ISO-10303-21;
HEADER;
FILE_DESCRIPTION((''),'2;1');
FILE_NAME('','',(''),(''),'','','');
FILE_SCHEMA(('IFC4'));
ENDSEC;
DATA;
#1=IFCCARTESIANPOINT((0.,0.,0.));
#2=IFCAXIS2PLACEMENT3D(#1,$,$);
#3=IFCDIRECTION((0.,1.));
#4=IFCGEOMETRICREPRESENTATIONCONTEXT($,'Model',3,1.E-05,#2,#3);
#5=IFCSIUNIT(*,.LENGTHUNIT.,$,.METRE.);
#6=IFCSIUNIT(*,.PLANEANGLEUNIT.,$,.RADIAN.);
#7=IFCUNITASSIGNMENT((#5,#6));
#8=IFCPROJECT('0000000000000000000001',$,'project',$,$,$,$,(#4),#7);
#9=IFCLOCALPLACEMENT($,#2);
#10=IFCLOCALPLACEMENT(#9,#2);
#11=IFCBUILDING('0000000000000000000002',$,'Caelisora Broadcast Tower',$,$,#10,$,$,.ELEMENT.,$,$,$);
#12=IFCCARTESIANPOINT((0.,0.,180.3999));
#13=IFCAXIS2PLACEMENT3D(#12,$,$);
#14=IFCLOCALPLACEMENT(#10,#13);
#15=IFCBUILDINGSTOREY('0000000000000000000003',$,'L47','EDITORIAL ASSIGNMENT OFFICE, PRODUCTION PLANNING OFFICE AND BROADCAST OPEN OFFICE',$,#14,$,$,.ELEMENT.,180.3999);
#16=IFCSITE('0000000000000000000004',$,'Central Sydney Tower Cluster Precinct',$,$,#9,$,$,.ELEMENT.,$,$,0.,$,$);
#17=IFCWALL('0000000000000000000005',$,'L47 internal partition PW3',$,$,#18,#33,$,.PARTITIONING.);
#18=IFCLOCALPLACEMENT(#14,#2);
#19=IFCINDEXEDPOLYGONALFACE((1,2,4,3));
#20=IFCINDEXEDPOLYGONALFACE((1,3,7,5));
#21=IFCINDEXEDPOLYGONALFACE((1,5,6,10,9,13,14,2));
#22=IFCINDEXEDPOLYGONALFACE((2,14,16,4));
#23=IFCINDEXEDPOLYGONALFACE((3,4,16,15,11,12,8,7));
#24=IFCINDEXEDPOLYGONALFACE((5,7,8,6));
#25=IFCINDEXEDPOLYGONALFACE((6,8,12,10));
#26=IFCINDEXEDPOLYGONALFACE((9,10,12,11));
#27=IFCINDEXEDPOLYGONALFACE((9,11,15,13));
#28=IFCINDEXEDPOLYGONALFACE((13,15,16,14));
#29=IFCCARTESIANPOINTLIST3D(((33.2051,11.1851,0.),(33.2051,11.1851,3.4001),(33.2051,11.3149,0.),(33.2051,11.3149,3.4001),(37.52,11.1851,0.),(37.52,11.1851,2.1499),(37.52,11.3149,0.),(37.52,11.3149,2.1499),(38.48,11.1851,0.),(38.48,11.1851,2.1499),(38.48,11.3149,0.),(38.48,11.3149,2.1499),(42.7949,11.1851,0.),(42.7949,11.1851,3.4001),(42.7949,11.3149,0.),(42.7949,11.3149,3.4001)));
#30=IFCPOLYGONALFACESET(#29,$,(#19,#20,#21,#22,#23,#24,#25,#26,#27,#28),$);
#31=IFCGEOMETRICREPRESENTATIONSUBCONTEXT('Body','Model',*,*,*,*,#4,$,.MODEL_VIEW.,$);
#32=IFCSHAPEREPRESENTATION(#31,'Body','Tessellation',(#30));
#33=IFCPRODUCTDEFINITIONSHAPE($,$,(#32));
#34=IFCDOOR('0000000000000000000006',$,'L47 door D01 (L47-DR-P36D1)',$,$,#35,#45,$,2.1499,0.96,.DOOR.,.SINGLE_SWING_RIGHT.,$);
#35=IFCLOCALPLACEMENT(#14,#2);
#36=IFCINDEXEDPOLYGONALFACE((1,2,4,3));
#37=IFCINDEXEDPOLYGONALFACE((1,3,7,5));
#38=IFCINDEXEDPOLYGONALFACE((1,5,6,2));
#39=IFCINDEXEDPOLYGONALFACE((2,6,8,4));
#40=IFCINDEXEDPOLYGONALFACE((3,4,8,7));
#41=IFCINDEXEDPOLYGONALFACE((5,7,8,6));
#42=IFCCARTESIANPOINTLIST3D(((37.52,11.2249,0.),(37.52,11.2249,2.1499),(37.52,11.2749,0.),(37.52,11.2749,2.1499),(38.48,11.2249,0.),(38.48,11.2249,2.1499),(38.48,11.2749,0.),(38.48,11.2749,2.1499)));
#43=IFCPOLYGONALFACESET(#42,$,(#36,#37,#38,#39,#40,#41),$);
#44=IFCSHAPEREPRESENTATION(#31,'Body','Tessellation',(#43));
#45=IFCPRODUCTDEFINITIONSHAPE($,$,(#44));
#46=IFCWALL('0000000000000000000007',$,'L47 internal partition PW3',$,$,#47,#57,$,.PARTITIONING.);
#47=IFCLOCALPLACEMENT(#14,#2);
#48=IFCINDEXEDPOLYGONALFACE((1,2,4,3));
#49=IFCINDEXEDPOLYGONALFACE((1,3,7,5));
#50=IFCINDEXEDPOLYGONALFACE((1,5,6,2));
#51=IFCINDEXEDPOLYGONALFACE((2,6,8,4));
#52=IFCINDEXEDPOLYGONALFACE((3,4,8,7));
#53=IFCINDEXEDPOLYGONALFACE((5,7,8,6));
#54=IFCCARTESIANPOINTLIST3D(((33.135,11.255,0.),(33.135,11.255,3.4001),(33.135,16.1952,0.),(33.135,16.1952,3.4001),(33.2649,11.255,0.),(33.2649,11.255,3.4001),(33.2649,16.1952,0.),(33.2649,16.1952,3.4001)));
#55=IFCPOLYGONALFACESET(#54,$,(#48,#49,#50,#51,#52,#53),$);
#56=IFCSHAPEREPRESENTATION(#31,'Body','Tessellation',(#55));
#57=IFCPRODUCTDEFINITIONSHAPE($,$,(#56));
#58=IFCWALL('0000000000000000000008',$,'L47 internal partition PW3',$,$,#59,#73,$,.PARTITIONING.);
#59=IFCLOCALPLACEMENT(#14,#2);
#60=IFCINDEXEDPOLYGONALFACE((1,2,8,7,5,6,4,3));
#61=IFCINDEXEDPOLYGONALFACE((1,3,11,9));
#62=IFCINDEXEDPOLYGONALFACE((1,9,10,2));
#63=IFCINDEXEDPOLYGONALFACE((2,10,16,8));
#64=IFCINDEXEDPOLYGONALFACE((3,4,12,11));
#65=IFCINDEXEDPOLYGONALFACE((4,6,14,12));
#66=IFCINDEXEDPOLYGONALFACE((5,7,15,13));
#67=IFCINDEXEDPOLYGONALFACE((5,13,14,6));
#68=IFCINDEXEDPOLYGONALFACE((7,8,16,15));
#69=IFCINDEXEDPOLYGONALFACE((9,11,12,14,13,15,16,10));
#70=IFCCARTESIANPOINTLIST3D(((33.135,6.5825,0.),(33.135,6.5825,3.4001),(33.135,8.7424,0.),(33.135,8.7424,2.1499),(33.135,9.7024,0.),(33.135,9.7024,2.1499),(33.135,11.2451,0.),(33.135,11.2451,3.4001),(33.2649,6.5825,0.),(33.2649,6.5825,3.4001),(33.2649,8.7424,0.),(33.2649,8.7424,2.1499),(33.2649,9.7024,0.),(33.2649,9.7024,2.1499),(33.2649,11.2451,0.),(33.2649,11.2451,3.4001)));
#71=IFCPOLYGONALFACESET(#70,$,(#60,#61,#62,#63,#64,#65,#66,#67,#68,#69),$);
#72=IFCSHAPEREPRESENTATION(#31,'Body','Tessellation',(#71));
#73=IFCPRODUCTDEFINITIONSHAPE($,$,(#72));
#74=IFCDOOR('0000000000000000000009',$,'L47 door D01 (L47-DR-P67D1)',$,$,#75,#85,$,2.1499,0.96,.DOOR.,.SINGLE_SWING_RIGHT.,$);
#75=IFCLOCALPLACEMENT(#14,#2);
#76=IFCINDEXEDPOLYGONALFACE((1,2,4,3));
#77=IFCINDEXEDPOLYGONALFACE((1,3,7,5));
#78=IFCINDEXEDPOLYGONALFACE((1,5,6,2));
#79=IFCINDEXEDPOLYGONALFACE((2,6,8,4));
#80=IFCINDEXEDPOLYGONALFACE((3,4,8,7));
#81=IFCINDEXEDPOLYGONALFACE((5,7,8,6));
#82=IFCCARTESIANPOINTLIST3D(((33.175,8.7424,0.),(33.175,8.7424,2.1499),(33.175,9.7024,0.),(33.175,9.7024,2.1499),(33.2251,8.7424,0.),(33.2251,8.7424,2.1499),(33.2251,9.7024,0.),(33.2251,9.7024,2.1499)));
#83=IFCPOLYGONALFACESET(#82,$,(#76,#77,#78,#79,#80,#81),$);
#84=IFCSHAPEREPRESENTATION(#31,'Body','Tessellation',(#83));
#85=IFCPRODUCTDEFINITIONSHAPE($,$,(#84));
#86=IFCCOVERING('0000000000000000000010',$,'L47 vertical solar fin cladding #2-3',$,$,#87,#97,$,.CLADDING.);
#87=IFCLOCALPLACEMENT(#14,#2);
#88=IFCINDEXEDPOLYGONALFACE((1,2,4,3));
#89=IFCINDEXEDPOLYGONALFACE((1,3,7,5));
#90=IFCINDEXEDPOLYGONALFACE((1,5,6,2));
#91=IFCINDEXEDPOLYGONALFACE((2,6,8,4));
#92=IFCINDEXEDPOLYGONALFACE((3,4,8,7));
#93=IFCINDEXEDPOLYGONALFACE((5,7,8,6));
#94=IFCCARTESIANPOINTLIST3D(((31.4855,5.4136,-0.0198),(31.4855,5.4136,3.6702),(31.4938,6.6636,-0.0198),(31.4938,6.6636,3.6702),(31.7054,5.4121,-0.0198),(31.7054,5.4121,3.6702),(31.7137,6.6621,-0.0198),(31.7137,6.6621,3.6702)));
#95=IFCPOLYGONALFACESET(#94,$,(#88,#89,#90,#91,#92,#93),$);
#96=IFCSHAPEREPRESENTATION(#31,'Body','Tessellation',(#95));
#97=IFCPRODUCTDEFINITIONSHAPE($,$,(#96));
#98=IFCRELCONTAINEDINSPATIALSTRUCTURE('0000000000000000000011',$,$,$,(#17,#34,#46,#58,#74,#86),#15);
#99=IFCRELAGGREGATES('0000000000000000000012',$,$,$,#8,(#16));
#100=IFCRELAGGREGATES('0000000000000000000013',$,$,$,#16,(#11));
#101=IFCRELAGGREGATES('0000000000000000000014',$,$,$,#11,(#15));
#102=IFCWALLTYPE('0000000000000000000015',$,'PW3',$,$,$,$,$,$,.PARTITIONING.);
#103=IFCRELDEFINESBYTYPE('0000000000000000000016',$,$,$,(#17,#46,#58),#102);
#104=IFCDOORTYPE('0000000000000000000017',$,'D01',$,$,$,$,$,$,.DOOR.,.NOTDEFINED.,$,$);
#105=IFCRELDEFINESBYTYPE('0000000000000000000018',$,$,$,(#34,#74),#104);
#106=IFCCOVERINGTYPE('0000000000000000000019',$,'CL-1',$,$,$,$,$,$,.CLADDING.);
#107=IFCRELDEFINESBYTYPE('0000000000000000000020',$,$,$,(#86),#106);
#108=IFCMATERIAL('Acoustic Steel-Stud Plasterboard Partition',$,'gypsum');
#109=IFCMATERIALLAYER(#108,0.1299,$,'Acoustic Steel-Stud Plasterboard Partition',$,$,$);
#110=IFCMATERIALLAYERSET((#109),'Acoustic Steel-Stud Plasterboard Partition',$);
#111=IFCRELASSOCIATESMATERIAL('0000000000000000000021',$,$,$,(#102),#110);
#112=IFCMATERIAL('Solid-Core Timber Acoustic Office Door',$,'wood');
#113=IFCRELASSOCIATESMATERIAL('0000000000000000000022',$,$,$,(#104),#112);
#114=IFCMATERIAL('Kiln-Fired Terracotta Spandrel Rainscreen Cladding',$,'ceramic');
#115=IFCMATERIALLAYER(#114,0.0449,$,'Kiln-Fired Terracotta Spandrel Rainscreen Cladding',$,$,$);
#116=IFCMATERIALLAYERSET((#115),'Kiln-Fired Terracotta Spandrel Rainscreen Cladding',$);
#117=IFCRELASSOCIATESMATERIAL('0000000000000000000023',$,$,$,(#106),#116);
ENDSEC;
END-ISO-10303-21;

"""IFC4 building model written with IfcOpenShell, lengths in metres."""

from ifc_helpers import new_model, si_unit, direction, frame, frame_2d, origin, origin_2d, place, context, subcontext, project, spatial, rectangle, extrude, source, transform, mapped, material, layer, layer_set, type_object, type_shapes, element, fill, save


model = new_model("IFC4")

# Units and contexts
model_context = context("Model", 3, precision=1e-05, world=origin(), true_north=direction((0.0, 1.0)))
body_context = subcontext(model_context, "Body", "Model", "MODEL_VIEW")
ifc_project = project(units=[si_unit("LENGTHUNIT", "METRE"), si_unit("PLANEANGLEUNIT", "RADIAN")], contexts=[model_context])

# Site, building, storey
site_placement = place(None, origin())
site = spatial("IfcSite", under=ifc_project, at=site_placement, Name="Central Sydney Tower Cluster Precinct", CompositionType="ELEMENT", RefElevation=0.0)
building_placement = place(site_placement, origin())
building = spatial("IfcBuilding", under=site, at=building_placement, Name="Caelisora Broadcast Tower", CompositionType="ELEMENT")
storey_placement = place(building_placement, frame((0.0, 0.0, 180.3999)))
storey = spatial("IfcBuildingStorey", under=building, at=storey_placement, Name="L47", Description="EDITORIAL ASSIGNMENT OFFICE, PRODUCTION PLANNING OFFICE AND BROADCAST OPEN OFFICE", CompositionType="ELEMENT", Elevation=180.3999)

# Wall, opening, door
ifc_material_1 = material(Name="Acoustic Steel-Stud Plasterboard Partition", Category="gypsum")
ifc_layer_1 = layer(ifc_material_1, 0.1299, Name="Acoustic Steel-Stud Plasterboard Partition")
ifc_layer_set_1 = layer_set([ifc_layer_1], Name="Acoustic Steel-Stud Plasterboard Partition")
wall_type = type_object("IfcWallType", Name="PW3", PredefinedType="PARTITIONING", material=ifc_layer_set_1)
wall_1_placement = place(storey_placement, frame((33.2051, 11.25, 0.0), z_axis=(0.0, 0.0, 1.0), x_axis=(1.0, 0.0, 0.0)))
wall_1 = element("IfcWall", 1, at=wall_1_placement, inside=storey, type_object=wall_type, Name="L47 internal partition PW3", PredefinedType="PARTITIONING", context=body_context, shape_type="SweptSolid", body=[
    extrude(rectangle(XDim=9.5898, YDim=0.1299, at=frame_2d((4.7949, 0.0))), origin(), (0.0, 0.0, 1.0), 3.4001),
])
opening_1_placement = place(wall_1_placement, frame((4.3149, 0.0, 0.0)))
opening_1 = element("IfcOpeningElement", 2, at=opening_1_placement, cuts=wall_1, PredefinedType="OPENING", context=body_context, shape_type="SweptSolid", body=[
    extrude(rectangle(XDim=0.96, YDim=2.1499, at=frame_2d((0.48, 1.075))), frame((0.0, 0.0769, 0.0), z_axis=(0.0, -1.0, 0.0), x_axis=(1.0, 0.0, 0.0)), (0.0, 0.0, 1.0), 0.1538),
])
ifc_material_2 = material(Name="Solid-Core Timber Acoustic Office Door", Category="wood")
door_type = type_object("IfcDoorType", Name="D01", OperationType="NOTDEFINED", PredefinedType="DOOR", material=ifc_material_2)
door_1_placement = place(opening_1_placement, origin())
door_1 = element("IfcDoor", 3, at=door_1_placement, inside=storey, type_object=door_type, Name="L47 door D01 (L47-DR-P36D1)", OperationType="SINGLE_SWING_RIGHT", OverallHeight=2.1499, OverallWidth=0.96, PredefinedType="DOOR", context=body_context, shape_type="SweptSolid", body=[
    extrude(rectangle(XDim=0.96, YDim=2.1499, at=frame_2d((0.48, 1.075))), frame((0.0, 0.0249, 0.0), z_axis=(0.0, -1.0, 0.0), x_axis=(1.0, 0.0, 0.0)), (0.0, 0.0, 1.0), 0.05),
])
fill(opening_1, door_1)

# Wall
wall_2_placement = place(storey_placement, frame((33.2, 11.2549, 0.0), z_axis=(0.0, 0.0, 1.0), x_axis=(0.0, 1.0, 0.0)))
element("IfcWall", 4, at=wall_2_placement, inside=storey, type_object=wall_type, Name="L47 internal partition PW3", PredefinedType="PARTITIONING", context=body_context, shape_type="SweptSolid", body=[
    extrude(rectangle(XDim=4.9402, YDim=0.1299, at=frame_2d((2.4702, 0.0))), origin(), (0.0, 0.0, 1.0), 3.4001),
])

# Wall, opening, door
wall_3_placement = place(storey_placement, frame((33.2, 6.5825, 0.0), z_axis=(0.0, 0.0, 1.0), x_axis=(0.0, 1.0, 0.0)))
wall_3 = element("IfcWall", 5, at=wall_3_placement, inside=storey, type_object=wall_type, Name="L47 internal partition PW3", PredefinedType="PARTITIONING", context=body_context, shape_type="SweptSolid", body=[
    extrude(rectangle(XDim=4.6626, YDim=0.1299, at=frame_2d((2.3313, 0.0))), origin(), (0.0, 0.0, 1.0), 3.4001),
])
opening_2_placement = place(wall_3_placement, frame((2.1599, 0.0, 0.0)))
opening_2 = element("IfcOpeningElement", 6, at=opening_2_placement, cuts=wall_3, PredefinedType="OPENING", context=body_context, shape_type="SweptSolid", body=[
    extrude(rectangle(XDim=0.96, YDim=2.1499, at=frame_2d((0.48, 1.075))), frame((0.0, 0.0769, 0.0), z_axis=(0.0, -1.0, 0.0), x_axis=(1.0, 0.0, 0.0)), (0.0, 0.0, 1.0), 0.1538),
])
door_2_placement = place(opening_2_placement, origin())
door_2 = element("IfcDoor", 7, at=door_2_placement, inside=storey, type_object=door_type, Name="L47 door D01 (L47-DR-P67D1)", OperationType="SINGLE_SWING_RIGHT", OverallHeight=2.1499, OverallWidth=0.96, PredefinedType="DOOR", context=body_context, shape_type="SweptSolid", body=[
    extrude(rectangle(XDim=0.96, YDim=2.1499, at=frame_2d((0.48, 1.075))), frame((0.0, 0.0249, 0.0), z_axis=(0.0, -1.0, 0.0), x_axis=(1.0, 0.0, 0.0)), (0.0, 0.0, 1.0), 0.05),
])
fill(opening_2, door_2)

# Covering
ifc_material_3 = material(Name="Kiln-Fired Terracotta Spandrel Rainscreen Cladding", Category="ceramic")
ifc_layer_2 = layer(ifc_material_3, 0.0449, Name="Kiln-Fired Terracotta Spandrel Rainscreen Cladding")
ifc_layer_set_2 = layer_set([ifc_layer_2], Name="Kiln-Fired Terracotta Spandrel Rainscreen Cladding")
covering_type = type_object("IfcCoveringType", Name="CL-1", PredefinedType="CLADDING", material=ifc_layer_set_2)
shared_shape_1 = source(origin(), body_context, "Body", "SweptSolid", [
    extrude(rectangle(XDim=0.22, YDim=1.25, at=origin_2d()), origin(), (0.0, 0.0, 1.0), 3.6899),
])
type_shapes(covering_type, [shared_shape_1])
covering_placement = place(storey_placement, frame((31.5996, 6.0378, -0.0198), z_axis=(0.0, 0.0, 1.0), x_axis=(-0.999978, 0.006632, 0.0)))
element("IfcCovering", 8, at=covering_placement, inside=storey, type_object=covering_type, Name="L47 vertical solar fin cladding #2-3", PredefinedType="CLADDING", context=body_context, shape_type="MappedRepresentation", body=[
    mapped(shared_shape_1, transform((0.0, 0.0, 0.0), scale=1.0)),
])

save(model, "model.ifc")
